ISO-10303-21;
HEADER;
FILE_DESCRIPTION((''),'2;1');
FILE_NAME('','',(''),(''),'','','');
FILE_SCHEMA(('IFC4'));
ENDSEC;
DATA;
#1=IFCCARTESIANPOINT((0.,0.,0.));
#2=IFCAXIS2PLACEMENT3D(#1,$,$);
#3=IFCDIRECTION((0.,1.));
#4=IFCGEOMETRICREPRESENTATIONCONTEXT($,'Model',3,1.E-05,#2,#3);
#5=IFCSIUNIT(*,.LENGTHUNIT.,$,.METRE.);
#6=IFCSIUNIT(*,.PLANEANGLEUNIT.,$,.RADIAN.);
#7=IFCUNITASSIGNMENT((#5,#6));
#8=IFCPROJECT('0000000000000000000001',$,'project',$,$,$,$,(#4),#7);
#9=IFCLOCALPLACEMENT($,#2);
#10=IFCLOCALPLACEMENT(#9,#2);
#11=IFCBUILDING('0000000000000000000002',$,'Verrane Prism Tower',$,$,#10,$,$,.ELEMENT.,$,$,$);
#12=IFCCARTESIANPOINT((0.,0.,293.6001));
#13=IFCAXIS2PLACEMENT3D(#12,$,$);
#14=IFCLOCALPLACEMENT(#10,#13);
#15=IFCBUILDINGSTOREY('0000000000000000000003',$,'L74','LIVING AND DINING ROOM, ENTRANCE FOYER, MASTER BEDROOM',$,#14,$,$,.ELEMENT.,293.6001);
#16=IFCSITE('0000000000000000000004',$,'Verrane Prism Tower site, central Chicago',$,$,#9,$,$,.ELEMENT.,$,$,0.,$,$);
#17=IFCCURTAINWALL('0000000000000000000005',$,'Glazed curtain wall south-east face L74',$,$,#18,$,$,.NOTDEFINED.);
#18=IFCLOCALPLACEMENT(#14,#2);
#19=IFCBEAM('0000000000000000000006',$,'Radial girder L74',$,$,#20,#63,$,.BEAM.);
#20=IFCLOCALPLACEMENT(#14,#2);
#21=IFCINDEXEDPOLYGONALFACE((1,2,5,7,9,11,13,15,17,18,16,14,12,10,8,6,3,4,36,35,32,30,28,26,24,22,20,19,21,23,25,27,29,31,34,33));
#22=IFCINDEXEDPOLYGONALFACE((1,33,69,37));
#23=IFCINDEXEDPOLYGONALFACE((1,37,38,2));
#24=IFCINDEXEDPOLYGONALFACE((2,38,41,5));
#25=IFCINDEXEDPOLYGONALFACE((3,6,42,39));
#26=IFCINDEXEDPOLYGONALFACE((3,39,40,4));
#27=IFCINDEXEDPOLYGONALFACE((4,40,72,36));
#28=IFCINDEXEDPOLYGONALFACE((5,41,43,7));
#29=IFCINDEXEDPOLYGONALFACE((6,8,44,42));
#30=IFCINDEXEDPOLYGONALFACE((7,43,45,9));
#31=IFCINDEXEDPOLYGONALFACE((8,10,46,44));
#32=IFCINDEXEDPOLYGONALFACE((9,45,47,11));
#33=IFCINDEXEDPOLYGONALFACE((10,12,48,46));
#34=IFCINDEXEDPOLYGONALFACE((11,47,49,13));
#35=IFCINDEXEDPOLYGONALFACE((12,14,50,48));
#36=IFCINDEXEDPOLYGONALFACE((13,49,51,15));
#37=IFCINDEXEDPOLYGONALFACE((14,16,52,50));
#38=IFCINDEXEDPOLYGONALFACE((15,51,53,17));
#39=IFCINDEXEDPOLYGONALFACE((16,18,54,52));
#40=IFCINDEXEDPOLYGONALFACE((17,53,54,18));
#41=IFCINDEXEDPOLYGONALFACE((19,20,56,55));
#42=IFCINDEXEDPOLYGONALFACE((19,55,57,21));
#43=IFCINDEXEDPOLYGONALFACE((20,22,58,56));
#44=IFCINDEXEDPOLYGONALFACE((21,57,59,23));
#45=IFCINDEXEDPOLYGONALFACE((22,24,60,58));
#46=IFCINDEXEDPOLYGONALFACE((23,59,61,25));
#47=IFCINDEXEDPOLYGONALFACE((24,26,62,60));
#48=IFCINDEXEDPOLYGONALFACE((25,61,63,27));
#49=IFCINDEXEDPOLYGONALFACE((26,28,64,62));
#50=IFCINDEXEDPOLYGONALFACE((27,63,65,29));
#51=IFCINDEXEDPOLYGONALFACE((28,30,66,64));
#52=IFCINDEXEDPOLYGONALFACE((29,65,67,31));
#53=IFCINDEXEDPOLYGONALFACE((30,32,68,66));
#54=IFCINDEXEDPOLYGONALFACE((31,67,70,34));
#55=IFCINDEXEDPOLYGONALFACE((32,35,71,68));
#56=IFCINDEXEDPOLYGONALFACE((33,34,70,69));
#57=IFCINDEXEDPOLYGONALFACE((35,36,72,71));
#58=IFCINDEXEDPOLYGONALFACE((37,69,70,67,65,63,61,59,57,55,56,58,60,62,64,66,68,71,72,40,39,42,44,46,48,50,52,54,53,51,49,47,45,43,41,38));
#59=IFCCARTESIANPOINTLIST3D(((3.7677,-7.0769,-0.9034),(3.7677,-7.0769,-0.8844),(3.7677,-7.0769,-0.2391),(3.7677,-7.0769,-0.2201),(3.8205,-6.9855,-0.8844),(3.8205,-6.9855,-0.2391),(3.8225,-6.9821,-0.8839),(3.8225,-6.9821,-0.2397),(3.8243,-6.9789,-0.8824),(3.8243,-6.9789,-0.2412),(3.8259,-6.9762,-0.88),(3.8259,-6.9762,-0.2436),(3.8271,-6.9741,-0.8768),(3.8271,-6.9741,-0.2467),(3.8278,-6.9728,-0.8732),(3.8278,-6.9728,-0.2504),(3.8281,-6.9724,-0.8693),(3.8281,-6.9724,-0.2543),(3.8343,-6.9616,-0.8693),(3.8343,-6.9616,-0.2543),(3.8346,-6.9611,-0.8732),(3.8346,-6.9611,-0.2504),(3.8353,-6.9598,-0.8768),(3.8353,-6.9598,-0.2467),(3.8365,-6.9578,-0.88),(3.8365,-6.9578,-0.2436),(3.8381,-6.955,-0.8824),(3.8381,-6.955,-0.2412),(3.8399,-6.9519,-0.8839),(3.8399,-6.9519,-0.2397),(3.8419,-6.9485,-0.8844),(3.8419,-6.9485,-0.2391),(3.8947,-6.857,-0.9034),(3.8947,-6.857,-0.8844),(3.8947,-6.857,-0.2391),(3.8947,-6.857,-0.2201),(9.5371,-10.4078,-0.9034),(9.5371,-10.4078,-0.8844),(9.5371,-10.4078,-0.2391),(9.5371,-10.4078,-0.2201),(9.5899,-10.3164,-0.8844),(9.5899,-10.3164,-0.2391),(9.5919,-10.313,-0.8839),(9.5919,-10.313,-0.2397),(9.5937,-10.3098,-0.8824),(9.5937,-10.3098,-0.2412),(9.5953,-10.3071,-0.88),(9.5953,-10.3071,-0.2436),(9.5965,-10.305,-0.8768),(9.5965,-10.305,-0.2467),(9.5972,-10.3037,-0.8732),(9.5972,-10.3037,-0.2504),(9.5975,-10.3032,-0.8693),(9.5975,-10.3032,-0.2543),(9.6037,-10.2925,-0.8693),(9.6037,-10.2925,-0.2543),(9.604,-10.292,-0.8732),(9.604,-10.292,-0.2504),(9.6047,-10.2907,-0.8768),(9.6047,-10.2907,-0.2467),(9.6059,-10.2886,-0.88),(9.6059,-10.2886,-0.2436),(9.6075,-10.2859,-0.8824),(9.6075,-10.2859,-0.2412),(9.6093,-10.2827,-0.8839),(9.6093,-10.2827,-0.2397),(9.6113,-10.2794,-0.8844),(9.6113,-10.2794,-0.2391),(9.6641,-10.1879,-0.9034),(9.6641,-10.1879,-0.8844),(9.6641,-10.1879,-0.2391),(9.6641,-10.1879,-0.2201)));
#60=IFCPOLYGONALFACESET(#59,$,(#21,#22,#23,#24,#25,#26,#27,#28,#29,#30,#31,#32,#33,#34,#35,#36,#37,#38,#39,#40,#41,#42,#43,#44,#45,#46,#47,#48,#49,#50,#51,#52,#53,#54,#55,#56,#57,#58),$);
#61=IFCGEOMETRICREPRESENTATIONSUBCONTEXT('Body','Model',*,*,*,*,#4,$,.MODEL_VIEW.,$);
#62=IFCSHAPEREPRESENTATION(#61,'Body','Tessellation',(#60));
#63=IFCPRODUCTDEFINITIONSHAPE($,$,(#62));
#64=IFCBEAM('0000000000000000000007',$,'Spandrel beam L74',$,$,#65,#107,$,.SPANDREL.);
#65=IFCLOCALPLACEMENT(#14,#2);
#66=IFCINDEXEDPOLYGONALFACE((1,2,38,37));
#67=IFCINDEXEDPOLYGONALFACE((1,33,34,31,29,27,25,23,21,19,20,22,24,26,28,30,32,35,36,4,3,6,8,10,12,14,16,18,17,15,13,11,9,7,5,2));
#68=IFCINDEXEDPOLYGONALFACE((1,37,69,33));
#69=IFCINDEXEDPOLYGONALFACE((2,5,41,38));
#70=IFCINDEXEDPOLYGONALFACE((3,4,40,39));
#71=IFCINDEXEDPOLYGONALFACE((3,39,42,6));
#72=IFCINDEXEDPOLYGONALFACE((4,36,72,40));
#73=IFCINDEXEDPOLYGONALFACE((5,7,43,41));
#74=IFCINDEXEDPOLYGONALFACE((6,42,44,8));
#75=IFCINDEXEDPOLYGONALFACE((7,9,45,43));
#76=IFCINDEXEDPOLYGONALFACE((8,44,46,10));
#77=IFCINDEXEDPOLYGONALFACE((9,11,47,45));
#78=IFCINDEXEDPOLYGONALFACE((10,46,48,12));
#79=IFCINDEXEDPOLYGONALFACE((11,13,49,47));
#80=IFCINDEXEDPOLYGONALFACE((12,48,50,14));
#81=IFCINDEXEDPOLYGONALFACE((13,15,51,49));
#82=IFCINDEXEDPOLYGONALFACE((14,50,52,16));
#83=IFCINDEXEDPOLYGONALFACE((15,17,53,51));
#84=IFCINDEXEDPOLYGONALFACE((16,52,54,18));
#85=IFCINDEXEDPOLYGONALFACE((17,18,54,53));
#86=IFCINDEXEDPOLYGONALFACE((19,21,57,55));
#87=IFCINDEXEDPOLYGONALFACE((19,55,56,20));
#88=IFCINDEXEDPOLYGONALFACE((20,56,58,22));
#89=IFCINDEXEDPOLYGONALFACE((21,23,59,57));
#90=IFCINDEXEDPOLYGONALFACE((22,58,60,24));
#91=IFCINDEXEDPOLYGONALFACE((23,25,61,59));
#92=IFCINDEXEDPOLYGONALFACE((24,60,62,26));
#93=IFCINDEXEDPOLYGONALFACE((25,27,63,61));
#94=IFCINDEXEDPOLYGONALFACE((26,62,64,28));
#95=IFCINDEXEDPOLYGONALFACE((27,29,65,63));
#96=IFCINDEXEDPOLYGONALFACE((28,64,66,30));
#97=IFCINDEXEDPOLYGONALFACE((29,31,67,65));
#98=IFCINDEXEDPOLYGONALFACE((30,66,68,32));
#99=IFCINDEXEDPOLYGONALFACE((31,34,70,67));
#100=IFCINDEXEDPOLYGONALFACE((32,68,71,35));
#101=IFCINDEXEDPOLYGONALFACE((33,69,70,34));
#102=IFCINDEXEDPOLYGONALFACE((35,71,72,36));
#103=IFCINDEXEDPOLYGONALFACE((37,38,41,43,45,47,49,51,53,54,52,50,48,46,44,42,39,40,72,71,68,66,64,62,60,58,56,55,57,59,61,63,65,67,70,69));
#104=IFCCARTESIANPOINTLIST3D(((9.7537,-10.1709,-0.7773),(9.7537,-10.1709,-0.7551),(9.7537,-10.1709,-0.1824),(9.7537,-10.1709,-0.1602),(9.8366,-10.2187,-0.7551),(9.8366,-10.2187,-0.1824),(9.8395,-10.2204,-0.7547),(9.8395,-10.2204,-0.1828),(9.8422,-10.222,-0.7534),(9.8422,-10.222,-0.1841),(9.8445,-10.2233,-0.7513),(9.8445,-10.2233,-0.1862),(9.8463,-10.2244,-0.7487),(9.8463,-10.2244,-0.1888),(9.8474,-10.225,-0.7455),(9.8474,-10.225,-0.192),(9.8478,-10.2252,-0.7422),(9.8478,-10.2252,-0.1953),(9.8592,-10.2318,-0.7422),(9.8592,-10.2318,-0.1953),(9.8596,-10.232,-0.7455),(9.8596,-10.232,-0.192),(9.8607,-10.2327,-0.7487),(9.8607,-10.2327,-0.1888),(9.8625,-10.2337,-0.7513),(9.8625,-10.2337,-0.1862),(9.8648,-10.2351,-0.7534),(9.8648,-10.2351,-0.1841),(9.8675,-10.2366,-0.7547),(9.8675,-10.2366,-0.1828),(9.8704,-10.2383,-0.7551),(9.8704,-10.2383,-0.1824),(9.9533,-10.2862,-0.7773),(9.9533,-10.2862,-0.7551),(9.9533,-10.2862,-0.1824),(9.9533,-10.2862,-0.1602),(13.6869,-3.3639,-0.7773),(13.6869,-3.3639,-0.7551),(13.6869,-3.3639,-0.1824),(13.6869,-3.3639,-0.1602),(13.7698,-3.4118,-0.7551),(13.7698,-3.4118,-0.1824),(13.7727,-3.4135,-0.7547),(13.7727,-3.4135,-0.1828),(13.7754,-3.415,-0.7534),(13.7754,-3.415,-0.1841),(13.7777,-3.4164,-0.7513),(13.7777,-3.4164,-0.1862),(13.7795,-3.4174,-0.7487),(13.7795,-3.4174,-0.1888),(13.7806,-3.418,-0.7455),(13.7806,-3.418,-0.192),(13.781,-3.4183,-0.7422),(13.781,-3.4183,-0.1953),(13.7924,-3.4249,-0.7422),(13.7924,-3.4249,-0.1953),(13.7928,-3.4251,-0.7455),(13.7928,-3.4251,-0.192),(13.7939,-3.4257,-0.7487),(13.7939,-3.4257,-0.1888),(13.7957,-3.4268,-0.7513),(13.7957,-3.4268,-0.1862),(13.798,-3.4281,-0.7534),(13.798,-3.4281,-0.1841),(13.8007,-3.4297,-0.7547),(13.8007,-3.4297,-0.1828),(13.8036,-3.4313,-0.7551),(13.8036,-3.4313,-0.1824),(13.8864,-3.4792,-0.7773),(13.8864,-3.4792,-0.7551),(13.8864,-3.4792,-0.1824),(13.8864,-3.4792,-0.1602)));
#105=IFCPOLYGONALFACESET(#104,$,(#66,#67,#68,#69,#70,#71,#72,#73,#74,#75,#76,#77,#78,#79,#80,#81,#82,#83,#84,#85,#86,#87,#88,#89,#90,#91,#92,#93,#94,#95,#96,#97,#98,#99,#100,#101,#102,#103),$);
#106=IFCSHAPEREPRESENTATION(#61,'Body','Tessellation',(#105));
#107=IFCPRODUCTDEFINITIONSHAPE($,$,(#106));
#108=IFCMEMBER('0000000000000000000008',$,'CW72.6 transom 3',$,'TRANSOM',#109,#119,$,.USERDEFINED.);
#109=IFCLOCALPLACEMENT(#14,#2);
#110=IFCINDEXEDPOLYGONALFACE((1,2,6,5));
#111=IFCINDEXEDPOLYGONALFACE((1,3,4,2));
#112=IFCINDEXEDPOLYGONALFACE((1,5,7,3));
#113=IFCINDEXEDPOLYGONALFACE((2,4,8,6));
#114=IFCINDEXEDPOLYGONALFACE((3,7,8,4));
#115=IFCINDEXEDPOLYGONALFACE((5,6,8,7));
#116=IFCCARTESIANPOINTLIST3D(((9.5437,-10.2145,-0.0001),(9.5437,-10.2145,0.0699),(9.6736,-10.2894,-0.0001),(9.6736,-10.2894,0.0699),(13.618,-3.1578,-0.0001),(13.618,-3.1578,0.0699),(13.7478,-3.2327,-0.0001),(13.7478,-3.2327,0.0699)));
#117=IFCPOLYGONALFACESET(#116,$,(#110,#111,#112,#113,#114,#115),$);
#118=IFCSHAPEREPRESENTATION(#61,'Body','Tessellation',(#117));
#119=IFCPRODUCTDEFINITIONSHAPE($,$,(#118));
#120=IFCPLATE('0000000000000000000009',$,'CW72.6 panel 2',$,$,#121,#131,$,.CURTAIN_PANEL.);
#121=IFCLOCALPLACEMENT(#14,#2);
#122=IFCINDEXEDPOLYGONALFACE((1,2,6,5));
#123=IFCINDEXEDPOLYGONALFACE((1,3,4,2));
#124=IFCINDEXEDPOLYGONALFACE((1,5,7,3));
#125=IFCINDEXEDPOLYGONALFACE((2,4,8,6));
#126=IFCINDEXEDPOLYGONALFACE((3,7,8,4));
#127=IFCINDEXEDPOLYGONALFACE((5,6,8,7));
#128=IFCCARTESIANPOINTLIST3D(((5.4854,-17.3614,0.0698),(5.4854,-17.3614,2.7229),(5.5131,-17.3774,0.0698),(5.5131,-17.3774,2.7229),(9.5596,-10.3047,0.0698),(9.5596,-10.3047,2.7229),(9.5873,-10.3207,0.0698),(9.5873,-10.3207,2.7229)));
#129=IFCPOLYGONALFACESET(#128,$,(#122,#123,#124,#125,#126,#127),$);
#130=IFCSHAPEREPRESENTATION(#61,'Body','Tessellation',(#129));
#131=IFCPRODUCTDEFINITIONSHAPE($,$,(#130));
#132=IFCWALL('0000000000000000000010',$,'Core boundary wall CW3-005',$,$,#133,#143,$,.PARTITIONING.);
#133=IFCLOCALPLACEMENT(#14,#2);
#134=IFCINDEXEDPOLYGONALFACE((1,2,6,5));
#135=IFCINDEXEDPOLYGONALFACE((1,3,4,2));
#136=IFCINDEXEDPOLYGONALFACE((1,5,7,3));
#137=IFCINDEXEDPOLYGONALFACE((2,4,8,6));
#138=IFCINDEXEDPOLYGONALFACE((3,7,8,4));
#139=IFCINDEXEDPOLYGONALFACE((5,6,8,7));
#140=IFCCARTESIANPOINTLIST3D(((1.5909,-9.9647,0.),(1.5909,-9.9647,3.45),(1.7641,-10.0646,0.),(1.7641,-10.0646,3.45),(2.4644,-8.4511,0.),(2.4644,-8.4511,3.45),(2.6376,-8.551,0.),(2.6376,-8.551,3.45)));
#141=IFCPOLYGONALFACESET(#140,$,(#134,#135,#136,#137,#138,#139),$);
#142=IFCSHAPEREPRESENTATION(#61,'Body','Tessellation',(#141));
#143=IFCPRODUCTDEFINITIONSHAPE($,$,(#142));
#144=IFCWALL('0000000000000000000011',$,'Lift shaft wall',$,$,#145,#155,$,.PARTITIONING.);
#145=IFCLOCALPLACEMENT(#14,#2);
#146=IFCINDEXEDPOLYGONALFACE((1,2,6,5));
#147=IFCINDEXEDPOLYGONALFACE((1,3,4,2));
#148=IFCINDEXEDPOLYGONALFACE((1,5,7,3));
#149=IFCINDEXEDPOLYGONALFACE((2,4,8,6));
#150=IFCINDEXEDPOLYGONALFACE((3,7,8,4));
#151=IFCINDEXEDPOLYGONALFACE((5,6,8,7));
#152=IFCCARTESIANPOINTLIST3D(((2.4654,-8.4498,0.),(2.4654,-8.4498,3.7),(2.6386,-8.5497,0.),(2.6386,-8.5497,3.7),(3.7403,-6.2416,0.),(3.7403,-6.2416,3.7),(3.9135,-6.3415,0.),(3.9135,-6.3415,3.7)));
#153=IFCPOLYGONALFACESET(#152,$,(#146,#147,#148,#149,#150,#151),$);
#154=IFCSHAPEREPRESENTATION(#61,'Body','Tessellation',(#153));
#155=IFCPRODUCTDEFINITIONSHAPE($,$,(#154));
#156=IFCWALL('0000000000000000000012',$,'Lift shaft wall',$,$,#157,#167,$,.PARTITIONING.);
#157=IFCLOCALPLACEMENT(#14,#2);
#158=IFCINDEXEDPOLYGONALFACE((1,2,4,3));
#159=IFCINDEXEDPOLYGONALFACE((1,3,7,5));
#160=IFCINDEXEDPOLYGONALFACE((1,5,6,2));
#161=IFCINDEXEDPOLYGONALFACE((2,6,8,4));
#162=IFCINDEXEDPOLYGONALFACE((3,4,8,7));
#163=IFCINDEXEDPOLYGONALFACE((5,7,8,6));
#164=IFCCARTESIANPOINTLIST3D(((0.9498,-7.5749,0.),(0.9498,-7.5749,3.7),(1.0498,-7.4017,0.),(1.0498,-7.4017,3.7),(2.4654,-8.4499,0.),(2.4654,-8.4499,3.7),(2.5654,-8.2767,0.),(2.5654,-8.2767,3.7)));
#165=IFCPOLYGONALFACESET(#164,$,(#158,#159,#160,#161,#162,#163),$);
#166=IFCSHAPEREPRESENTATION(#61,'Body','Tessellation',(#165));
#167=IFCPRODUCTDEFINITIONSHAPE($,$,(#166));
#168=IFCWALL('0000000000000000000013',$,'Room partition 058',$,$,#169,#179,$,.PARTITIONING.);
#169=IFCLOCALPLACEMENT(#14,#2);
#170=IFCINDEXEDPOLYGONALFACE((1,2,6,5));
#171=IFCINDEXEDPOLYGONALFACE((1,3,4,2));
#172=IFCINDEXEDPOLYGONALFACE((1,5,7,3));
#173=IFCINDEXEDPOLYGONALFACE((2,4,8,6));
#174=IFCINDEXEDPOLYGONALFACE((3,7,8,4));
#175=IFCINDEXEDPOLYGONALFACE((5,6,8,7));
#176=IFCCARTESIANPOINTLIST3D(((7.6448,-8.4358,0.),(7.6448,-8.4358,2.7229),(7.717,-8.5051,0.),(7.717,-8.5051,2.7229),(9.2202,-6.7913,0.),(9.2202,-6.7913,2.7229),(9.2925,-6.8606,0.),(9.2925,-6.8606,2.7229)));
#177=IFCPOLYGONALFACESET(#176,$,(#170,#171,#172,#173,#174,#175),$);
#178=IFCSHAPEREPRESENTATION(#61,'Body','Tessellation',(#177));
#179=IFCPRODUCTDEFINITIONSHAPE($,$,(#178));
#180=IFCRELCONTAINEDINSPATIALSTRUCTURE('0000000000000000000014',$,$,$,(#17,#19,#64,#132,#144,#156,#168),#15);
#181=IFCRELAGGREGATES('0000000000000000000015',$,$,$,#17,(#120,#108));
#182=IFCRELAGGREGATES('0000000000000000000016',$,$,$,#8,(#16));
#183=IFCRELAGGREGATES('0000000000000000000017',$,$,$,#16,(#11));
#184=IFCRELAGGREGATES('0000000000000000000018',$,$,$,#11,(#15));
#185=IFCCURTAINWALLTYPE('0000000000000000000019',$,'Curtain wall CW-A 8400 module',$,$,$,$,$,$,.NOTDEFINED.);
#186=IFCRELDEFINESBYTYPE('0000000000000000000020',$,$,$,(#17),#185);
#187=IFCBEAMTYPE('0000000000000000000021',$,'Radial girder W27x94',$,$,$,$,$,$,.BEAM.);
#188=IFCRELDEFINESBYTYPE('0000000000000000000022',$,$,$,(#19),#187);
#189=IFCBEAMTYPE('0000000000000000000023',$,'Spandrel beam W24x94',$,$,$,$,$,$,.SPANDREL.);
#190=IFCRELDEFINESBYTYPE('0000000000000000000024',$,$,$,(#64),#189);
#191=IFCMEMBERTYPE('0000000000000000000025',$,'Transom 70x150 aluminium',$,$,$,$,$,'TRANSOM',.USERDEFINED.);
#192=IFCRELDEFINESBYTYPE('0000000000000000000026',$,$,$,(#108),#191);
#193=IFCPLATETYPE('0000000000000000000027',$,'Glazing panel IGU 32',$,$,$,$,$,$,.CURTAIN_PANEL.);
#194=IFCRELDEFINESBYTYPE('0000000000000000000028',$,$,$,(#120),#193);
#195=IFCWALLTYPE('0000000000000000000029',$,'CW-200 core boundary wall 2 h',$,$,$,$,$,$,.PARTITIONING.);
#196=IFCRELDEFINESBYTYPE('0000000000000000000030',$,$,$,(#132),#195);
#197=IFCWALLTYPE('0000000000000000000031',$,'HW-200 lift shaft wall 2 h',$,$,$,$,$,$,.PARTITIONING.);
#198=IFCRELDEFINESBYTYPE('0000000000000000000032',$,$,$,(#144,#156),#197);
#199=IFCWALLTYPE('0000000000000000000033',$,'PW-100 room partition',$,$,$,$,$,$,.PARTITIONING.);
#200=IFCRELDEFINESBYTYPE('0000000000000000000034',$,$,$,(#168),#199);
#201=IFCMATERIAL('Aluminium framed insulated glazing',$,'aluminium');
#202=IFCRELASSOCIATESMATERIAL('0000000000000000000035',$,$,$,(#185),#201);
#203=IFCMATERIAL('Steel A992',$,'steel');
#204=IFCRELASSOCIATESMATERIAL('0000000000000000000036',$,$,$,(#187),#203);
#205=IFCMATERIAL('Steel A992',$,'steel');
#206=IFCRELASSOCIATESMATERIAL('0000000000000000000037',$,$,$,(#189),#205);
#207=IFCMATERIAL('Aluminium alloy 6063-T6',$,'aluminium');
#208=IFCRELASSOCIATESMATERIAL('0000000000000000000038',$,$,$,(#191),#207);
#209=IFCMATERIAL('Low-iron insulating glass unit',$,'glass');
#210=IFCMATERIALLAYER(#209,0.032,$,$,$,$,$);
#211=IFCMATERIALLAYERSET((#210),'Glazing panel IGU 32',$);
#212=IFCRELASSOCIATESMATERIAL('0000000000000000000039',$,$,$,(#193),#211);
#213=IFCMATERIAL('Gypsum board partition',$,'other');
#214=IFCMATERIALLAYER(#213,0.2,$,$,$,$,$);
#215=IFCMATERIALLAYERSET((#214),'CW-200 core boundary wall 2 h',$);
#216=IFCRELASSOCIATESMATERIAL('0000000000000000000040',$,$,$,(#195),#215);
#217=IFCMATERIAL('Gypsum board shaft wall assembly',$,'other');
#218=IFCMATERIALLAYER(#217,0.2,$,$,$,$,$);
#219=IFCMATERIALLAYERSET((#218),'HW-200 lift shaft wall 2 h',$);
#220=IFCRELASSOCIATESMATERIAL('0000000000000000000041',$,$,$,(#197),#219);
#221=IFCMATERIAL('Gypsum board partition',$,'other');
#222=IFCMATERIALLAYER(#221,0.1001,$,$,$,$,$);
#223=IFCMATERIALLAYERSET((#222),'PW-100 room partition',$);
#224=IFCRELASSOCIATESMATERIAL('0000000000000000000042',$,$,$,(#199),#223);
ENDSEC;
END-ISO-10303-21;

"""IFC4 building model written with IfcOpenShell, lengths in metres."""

from ifc_helpers import new_model, si_unit, direction, frame, frame_2d, origin, origin_2d, place, context, subcontext, project, spatial, rectangle, i_section, extrude, material, layer, layer_set, material_profile, profile_set, type_object, element, aggregate, save


model = new_model("IFC4")

# Units and contexts
model_context = context("Model", 3, precision=1e-05, world=origin(), true_north=direction((0.0, 1.0)))
body_context = subcontext(model_context, "Body", "Model", "MODEL_VIEW")
ifc_project = project(units=[si_unit("LENGTHUNIT", "METRE"), si_unit("PLANEANGLEUNIT", "RADIAN")], contexts=[model_context])

# Site, building, storey
site_placement = place(None, origin())
site = spatial("IfcSite", under=ifc_project, at=site_placement, Name="Verrane Prism Tower site, central Chicago", CompositionType="ELEMENT", RefElevation=0.0)
building_placement = place(site_placement, origin())
building = spatial("IfcBuilding", under=site, at=building_placement, Name="Verrane Prism Tower", CompositionType="ELEMENT")
storey_placement = place(building_placement, frame((0.0, 0.0, 293.6001)))
storey = spatial("IfcBuildingStorey", under=building, at=storey_placement, Name="L74", Description="LIVING AND DINING ROOM, ENTRANCE FOYER, MASTER BEDROOM", CompositionType="ELEMENT", Elevation=293.6001)

# Curtain wall
ifc_material_1 = material(Name="Aluminium framed insulated glazing", Category="aluminium")
curtain_wall_type = type_object("IfcCurtainWallType", Name="Curtain wall CW-A 8400 module", PredefinedType="NOTDEFINED", material=ifc_material_1)
curtain_wall_placement = place(storey_placement, origin())
curtain_wall = element("IfcCurtainWall", 1, at=curtain_wall_placement, inside=storey, type_object=curtain_wall_type, Name="Glazed curtain wall south-east face L74", PredefinedType="NOTDEFINED")

# Beams
ifc_material_2 = material(Name="Steel A992", Category="steel")
ifc_material_profile_1 = material_profile(ifc_material_2, i_section(OverallWidth=0.2539, OverallDepth=0.6833, WebThickness=0.0125, FlangeThickness=0.019, FilletRadius=0.0151, at=origin_2d()), Name="W27x94")
ifc_profile_set_1 = profile_set([ifc_material_profile_1], Name="Steel A992")
beam_type_1 = type_object("IfcBeamType", Name="Radial girder W27x94", PredefinedType="BEAM", material=ifc_profile_set_1)
beam_1_placement = place(storey_placement, frame((9.6006, -10.2979, -0.5618), z_axis=(-0.866031, 0.49999, 0.0), x_axis=(-0.49999, -0.866031, 0.0)))
element("IfcBeam", 2, at=beam_1_placement, inside=storey, type_object=beam_type_1, Name="Radial girder L74", PredefinedType="BEAM", context=body_context, shape_type="SweptSolid", body=[
    extrude(i_section(OverallWidth=0.2539, OverallDepth=0.6833, WebThickness=0.0125, FlangeThickness=0.019, FilletRadius=0.0151, at=origin_2d()), origin(), (0.0, 0.0, 1.0), 6.6619),
])
ifc_material_3 = material(Name="Steel A992", Category="steel")
ifc_material_profile_2 = material_profile(ifc_material_3, i_section(OverallWidth=0.2305, OverallDepth=0.6172, WebThickness=0.0132, FlangeThickness=0.0222, FilletRadius=0.0129, at=origin_2d()), Name="W24x94")
ifc_profile_set_2 = profile_set([ifc_material_profile_2], Name="Steel A992")
beam_type_2 = type_object("IfcBeamType", Name="Spandrel beam W24x94", PredefinedType="SPANDREL", material=ifc_profile_set_2)
beam_2_placement = place(storey_placement, frame((9.8535, -10.2285, -0.4688), z_axis=(0.5003, 0.865852, 0.0), x_axis=(-0.865852, 0.5003, 0.0)))
element("IfcBeam", 3, at=beam_2_placement, inside=storey, type_object=beam_type_2, Name="Spandrel beam L74", PredefinedType="SPANDREL", context=body_context, shape_type="SweptSolid", body=[
    extrude(i_section(OverallWidth=0.2305, OverallDepth=0.6172, WebThickness=0.0132, FlangeThickness=0.0222, FilletRadius=0.0129, at=origin_2d()), origin(), (0.0, 0.0, 1.0), 7.8616),
])

# Member
ifc_material_4 = material(Name="Aluminium alloy 6063-T6", Category="aluminium")
ifc_material_profile_3 = material_profile(ifc_material_4, rectangle(XDim=0.1499, YDim=0.0701, at=origin_2d()), Name="Transom 70x150 aluminium")
ifc_profile_set_3 = profile_set([ifc_material_profile_3], Name="Aluminium alloy 6063-T6")
member_type_1 = type_object("IfcMemberType", Name="Transom 70x150 aluminium", ElementType="TRANSOM", PredefinedType="USERDEFINED", material=ifc_profile_set_3)
member_1_placement = place(storey_placement, frame((9.6086, -10.252, 0.0349), z_axis=(0.500006, 0.866022, 0.0), x_axis=(-0.866022, 0.500006, 0.0)))
member_1 = element("IfcMember", 4, at=member_1_placement, type_object=member_type_1, Name="CW72.6 transom 3", ObjectType="TRANSOM", PredefinedType="USERDEFINED", context=body_context, shape_type="SweptSolid", body=[
    extrude(rectangle(XDim=0.1499, YDim=0.0701, at=origin_2d()), origin(), (0.0, 0.0, 1.0), 8.1484),
])

# Plate
ifc_material_5 = material(Name="Low-iron insulating glass unit", Category="glass")
ifc_layer_1 = layer(ifc_material_5, 0.032)
ifc_layer_set_1 = layer_set([ifc_layer_1], Name="Glazing panel IGU 32")
plate_type = type_object("IfcPlateType", Name="Glazing panel IGU 32", PredefinedType="CURTAIN_PANEL", material=ifc_layer_set_1)
plate_placement = place(storey_placement, frame((7.5364, -13.8411, 0.0698), z_axis=(0.0, 0.0, 1.0), x_axis=(0.500001, 0.866025, 0.0)))
plate = element("IfcPlate", 5, at=plate_placement, type_object=plate_type, Name="CW72.6 panel 2", PredefinedType="CURTAIN_PANEL", context=body_context, shape_type="SweptSolid", body=[
    extrude(rectangle(XDim=8.1484, YDim=0.032, at=origin_2d()), origin(), (0.0, 0.0, 1.0), 2.6531),
])
aggregate(curtain_wall, [plate, member_1])

# Walls
ifc_material_6 = material(Name="Gypsum board partition", Category="other")
ifc_layer_2 = layer(ifc_material_6, 0.2)
ifc_layer_set_2 = layer_set([ifc_layer_2], Name="CW-200 core boundary wall 2 h")
wall_type_1 = type_object("IfcWallType", Name="CW-200 core boundary wall 2 h", PredefinedType="PARTITIONING", material=ifc_layer_set_2)
wall_1_placement = place(storey_placement, frame((1.6775, -10.0146, 0.0), z_axis=(0.0, 0.0, 1.0), x_axis=(0.499835, 0.86612, 0.0)))
element("IfcWall", 6, at=wall_1_placement, inside=storey, type_object=wall_type_1, Name="Core boundary wall CW3-005", PredefinedType="PARTITIONING", context=body_context, shape_type="SweptSolid", body=[
    extrude(rectangle(XDim=1.7476, YDim=0.2, at=frame_2d((0.8738, 0.0))), origin(), (0.0, 0.0, 1.0), 3.45),
])
ifc_material_7 = material(Name="Gypsum board shaft wall assembly", Category="other")
ifc_layer_3 = layer(ifc_material_7, 0.2)
ifc_layer_set_3 = layer_set([ifc_layer_3], Name="HW-200 lift shaft wall 2 h")
wall_type_2 = type_object("IfcWallType", Name="HW-200 lift shaft wall 2 h", PredefinedType="PARTITIONING", material=ifc_layer_set_3)
wall_2_placement = place(storey_placement, frame((2.552, -8.4998, 0.0), z_axis=(0.0, 0.0, 1.0), x_axis=(0.49999, 0.866031, 0.0)))
element("IfcWall", 7, at=wall_2_placement, inside=storey, type_object=wall_type_2, Name="Lift shaft wall", PredefinedType="PARTITIONING", context=body_context, shape_type="SweptSolid", body=[
    extrude(rectangle(XDim=2.5498, YDim=0.2, at=frame_2d((1.2749, 0.0))), origin(), (0.0, 0.0, 1.0), 3.7),
])
wall_3_placement = place(storey_placement, frame((2.5154, -8.3633, 0.0), z_axis=(0.0, 0.0, 1.0), x_axis=(-0.866037, 0.49998, 0.0)))
element("IfcWall", 8, at=wall_3_placement, inside=storey, type_object=wall_type_2, Name="Lift shaft wall", PredefinedType="PARTITIONING", context=body_context, shape_type="SweptSolid", body=[
    extrude(rectangle(XDim=1.75, YDim=0.2, at=frame_2d((0.875, 0.0))), origin(), (0.0, 0.0, 1.0), 3.7),
])
ifc_material_8 = material(Name="Gypsum board partition", Category="other")
ifc_layer_4 = layer(ifc_material_8, 0.1001)
ifc_layer_set_4 = layer_set([ifc_layer_4], Name="PW-100 room partition")
wall_type_3 = type_object("IfcWallType", Name="PW-100 room partition", PredefinedType="PARTITIONING", material=ifc_layer_set_4)
wall_4_placement = place(storey_placement, frame((7.6809, -8.4705, 0.0), z_axis=(0.0, 0.0, 1.0), x_axis=(0.691775, 0.722113, 0.0)))
element("IfcWall", 9, at=wall_4_placement, inside=storey, type_object=wall_type_3, Name="Room partition 058", PredefinedType="PARTITIONING", context=body_context, shape_type="SweptSolid", body=[
    extrude(rectangle(XDim=2.2773, YDim=0.1001, at=frame_2d((1.1387, 0.0))), origin(), (0.0, 0.0, 1.0), 2.7229),
])

save(model, "model.ifc")
